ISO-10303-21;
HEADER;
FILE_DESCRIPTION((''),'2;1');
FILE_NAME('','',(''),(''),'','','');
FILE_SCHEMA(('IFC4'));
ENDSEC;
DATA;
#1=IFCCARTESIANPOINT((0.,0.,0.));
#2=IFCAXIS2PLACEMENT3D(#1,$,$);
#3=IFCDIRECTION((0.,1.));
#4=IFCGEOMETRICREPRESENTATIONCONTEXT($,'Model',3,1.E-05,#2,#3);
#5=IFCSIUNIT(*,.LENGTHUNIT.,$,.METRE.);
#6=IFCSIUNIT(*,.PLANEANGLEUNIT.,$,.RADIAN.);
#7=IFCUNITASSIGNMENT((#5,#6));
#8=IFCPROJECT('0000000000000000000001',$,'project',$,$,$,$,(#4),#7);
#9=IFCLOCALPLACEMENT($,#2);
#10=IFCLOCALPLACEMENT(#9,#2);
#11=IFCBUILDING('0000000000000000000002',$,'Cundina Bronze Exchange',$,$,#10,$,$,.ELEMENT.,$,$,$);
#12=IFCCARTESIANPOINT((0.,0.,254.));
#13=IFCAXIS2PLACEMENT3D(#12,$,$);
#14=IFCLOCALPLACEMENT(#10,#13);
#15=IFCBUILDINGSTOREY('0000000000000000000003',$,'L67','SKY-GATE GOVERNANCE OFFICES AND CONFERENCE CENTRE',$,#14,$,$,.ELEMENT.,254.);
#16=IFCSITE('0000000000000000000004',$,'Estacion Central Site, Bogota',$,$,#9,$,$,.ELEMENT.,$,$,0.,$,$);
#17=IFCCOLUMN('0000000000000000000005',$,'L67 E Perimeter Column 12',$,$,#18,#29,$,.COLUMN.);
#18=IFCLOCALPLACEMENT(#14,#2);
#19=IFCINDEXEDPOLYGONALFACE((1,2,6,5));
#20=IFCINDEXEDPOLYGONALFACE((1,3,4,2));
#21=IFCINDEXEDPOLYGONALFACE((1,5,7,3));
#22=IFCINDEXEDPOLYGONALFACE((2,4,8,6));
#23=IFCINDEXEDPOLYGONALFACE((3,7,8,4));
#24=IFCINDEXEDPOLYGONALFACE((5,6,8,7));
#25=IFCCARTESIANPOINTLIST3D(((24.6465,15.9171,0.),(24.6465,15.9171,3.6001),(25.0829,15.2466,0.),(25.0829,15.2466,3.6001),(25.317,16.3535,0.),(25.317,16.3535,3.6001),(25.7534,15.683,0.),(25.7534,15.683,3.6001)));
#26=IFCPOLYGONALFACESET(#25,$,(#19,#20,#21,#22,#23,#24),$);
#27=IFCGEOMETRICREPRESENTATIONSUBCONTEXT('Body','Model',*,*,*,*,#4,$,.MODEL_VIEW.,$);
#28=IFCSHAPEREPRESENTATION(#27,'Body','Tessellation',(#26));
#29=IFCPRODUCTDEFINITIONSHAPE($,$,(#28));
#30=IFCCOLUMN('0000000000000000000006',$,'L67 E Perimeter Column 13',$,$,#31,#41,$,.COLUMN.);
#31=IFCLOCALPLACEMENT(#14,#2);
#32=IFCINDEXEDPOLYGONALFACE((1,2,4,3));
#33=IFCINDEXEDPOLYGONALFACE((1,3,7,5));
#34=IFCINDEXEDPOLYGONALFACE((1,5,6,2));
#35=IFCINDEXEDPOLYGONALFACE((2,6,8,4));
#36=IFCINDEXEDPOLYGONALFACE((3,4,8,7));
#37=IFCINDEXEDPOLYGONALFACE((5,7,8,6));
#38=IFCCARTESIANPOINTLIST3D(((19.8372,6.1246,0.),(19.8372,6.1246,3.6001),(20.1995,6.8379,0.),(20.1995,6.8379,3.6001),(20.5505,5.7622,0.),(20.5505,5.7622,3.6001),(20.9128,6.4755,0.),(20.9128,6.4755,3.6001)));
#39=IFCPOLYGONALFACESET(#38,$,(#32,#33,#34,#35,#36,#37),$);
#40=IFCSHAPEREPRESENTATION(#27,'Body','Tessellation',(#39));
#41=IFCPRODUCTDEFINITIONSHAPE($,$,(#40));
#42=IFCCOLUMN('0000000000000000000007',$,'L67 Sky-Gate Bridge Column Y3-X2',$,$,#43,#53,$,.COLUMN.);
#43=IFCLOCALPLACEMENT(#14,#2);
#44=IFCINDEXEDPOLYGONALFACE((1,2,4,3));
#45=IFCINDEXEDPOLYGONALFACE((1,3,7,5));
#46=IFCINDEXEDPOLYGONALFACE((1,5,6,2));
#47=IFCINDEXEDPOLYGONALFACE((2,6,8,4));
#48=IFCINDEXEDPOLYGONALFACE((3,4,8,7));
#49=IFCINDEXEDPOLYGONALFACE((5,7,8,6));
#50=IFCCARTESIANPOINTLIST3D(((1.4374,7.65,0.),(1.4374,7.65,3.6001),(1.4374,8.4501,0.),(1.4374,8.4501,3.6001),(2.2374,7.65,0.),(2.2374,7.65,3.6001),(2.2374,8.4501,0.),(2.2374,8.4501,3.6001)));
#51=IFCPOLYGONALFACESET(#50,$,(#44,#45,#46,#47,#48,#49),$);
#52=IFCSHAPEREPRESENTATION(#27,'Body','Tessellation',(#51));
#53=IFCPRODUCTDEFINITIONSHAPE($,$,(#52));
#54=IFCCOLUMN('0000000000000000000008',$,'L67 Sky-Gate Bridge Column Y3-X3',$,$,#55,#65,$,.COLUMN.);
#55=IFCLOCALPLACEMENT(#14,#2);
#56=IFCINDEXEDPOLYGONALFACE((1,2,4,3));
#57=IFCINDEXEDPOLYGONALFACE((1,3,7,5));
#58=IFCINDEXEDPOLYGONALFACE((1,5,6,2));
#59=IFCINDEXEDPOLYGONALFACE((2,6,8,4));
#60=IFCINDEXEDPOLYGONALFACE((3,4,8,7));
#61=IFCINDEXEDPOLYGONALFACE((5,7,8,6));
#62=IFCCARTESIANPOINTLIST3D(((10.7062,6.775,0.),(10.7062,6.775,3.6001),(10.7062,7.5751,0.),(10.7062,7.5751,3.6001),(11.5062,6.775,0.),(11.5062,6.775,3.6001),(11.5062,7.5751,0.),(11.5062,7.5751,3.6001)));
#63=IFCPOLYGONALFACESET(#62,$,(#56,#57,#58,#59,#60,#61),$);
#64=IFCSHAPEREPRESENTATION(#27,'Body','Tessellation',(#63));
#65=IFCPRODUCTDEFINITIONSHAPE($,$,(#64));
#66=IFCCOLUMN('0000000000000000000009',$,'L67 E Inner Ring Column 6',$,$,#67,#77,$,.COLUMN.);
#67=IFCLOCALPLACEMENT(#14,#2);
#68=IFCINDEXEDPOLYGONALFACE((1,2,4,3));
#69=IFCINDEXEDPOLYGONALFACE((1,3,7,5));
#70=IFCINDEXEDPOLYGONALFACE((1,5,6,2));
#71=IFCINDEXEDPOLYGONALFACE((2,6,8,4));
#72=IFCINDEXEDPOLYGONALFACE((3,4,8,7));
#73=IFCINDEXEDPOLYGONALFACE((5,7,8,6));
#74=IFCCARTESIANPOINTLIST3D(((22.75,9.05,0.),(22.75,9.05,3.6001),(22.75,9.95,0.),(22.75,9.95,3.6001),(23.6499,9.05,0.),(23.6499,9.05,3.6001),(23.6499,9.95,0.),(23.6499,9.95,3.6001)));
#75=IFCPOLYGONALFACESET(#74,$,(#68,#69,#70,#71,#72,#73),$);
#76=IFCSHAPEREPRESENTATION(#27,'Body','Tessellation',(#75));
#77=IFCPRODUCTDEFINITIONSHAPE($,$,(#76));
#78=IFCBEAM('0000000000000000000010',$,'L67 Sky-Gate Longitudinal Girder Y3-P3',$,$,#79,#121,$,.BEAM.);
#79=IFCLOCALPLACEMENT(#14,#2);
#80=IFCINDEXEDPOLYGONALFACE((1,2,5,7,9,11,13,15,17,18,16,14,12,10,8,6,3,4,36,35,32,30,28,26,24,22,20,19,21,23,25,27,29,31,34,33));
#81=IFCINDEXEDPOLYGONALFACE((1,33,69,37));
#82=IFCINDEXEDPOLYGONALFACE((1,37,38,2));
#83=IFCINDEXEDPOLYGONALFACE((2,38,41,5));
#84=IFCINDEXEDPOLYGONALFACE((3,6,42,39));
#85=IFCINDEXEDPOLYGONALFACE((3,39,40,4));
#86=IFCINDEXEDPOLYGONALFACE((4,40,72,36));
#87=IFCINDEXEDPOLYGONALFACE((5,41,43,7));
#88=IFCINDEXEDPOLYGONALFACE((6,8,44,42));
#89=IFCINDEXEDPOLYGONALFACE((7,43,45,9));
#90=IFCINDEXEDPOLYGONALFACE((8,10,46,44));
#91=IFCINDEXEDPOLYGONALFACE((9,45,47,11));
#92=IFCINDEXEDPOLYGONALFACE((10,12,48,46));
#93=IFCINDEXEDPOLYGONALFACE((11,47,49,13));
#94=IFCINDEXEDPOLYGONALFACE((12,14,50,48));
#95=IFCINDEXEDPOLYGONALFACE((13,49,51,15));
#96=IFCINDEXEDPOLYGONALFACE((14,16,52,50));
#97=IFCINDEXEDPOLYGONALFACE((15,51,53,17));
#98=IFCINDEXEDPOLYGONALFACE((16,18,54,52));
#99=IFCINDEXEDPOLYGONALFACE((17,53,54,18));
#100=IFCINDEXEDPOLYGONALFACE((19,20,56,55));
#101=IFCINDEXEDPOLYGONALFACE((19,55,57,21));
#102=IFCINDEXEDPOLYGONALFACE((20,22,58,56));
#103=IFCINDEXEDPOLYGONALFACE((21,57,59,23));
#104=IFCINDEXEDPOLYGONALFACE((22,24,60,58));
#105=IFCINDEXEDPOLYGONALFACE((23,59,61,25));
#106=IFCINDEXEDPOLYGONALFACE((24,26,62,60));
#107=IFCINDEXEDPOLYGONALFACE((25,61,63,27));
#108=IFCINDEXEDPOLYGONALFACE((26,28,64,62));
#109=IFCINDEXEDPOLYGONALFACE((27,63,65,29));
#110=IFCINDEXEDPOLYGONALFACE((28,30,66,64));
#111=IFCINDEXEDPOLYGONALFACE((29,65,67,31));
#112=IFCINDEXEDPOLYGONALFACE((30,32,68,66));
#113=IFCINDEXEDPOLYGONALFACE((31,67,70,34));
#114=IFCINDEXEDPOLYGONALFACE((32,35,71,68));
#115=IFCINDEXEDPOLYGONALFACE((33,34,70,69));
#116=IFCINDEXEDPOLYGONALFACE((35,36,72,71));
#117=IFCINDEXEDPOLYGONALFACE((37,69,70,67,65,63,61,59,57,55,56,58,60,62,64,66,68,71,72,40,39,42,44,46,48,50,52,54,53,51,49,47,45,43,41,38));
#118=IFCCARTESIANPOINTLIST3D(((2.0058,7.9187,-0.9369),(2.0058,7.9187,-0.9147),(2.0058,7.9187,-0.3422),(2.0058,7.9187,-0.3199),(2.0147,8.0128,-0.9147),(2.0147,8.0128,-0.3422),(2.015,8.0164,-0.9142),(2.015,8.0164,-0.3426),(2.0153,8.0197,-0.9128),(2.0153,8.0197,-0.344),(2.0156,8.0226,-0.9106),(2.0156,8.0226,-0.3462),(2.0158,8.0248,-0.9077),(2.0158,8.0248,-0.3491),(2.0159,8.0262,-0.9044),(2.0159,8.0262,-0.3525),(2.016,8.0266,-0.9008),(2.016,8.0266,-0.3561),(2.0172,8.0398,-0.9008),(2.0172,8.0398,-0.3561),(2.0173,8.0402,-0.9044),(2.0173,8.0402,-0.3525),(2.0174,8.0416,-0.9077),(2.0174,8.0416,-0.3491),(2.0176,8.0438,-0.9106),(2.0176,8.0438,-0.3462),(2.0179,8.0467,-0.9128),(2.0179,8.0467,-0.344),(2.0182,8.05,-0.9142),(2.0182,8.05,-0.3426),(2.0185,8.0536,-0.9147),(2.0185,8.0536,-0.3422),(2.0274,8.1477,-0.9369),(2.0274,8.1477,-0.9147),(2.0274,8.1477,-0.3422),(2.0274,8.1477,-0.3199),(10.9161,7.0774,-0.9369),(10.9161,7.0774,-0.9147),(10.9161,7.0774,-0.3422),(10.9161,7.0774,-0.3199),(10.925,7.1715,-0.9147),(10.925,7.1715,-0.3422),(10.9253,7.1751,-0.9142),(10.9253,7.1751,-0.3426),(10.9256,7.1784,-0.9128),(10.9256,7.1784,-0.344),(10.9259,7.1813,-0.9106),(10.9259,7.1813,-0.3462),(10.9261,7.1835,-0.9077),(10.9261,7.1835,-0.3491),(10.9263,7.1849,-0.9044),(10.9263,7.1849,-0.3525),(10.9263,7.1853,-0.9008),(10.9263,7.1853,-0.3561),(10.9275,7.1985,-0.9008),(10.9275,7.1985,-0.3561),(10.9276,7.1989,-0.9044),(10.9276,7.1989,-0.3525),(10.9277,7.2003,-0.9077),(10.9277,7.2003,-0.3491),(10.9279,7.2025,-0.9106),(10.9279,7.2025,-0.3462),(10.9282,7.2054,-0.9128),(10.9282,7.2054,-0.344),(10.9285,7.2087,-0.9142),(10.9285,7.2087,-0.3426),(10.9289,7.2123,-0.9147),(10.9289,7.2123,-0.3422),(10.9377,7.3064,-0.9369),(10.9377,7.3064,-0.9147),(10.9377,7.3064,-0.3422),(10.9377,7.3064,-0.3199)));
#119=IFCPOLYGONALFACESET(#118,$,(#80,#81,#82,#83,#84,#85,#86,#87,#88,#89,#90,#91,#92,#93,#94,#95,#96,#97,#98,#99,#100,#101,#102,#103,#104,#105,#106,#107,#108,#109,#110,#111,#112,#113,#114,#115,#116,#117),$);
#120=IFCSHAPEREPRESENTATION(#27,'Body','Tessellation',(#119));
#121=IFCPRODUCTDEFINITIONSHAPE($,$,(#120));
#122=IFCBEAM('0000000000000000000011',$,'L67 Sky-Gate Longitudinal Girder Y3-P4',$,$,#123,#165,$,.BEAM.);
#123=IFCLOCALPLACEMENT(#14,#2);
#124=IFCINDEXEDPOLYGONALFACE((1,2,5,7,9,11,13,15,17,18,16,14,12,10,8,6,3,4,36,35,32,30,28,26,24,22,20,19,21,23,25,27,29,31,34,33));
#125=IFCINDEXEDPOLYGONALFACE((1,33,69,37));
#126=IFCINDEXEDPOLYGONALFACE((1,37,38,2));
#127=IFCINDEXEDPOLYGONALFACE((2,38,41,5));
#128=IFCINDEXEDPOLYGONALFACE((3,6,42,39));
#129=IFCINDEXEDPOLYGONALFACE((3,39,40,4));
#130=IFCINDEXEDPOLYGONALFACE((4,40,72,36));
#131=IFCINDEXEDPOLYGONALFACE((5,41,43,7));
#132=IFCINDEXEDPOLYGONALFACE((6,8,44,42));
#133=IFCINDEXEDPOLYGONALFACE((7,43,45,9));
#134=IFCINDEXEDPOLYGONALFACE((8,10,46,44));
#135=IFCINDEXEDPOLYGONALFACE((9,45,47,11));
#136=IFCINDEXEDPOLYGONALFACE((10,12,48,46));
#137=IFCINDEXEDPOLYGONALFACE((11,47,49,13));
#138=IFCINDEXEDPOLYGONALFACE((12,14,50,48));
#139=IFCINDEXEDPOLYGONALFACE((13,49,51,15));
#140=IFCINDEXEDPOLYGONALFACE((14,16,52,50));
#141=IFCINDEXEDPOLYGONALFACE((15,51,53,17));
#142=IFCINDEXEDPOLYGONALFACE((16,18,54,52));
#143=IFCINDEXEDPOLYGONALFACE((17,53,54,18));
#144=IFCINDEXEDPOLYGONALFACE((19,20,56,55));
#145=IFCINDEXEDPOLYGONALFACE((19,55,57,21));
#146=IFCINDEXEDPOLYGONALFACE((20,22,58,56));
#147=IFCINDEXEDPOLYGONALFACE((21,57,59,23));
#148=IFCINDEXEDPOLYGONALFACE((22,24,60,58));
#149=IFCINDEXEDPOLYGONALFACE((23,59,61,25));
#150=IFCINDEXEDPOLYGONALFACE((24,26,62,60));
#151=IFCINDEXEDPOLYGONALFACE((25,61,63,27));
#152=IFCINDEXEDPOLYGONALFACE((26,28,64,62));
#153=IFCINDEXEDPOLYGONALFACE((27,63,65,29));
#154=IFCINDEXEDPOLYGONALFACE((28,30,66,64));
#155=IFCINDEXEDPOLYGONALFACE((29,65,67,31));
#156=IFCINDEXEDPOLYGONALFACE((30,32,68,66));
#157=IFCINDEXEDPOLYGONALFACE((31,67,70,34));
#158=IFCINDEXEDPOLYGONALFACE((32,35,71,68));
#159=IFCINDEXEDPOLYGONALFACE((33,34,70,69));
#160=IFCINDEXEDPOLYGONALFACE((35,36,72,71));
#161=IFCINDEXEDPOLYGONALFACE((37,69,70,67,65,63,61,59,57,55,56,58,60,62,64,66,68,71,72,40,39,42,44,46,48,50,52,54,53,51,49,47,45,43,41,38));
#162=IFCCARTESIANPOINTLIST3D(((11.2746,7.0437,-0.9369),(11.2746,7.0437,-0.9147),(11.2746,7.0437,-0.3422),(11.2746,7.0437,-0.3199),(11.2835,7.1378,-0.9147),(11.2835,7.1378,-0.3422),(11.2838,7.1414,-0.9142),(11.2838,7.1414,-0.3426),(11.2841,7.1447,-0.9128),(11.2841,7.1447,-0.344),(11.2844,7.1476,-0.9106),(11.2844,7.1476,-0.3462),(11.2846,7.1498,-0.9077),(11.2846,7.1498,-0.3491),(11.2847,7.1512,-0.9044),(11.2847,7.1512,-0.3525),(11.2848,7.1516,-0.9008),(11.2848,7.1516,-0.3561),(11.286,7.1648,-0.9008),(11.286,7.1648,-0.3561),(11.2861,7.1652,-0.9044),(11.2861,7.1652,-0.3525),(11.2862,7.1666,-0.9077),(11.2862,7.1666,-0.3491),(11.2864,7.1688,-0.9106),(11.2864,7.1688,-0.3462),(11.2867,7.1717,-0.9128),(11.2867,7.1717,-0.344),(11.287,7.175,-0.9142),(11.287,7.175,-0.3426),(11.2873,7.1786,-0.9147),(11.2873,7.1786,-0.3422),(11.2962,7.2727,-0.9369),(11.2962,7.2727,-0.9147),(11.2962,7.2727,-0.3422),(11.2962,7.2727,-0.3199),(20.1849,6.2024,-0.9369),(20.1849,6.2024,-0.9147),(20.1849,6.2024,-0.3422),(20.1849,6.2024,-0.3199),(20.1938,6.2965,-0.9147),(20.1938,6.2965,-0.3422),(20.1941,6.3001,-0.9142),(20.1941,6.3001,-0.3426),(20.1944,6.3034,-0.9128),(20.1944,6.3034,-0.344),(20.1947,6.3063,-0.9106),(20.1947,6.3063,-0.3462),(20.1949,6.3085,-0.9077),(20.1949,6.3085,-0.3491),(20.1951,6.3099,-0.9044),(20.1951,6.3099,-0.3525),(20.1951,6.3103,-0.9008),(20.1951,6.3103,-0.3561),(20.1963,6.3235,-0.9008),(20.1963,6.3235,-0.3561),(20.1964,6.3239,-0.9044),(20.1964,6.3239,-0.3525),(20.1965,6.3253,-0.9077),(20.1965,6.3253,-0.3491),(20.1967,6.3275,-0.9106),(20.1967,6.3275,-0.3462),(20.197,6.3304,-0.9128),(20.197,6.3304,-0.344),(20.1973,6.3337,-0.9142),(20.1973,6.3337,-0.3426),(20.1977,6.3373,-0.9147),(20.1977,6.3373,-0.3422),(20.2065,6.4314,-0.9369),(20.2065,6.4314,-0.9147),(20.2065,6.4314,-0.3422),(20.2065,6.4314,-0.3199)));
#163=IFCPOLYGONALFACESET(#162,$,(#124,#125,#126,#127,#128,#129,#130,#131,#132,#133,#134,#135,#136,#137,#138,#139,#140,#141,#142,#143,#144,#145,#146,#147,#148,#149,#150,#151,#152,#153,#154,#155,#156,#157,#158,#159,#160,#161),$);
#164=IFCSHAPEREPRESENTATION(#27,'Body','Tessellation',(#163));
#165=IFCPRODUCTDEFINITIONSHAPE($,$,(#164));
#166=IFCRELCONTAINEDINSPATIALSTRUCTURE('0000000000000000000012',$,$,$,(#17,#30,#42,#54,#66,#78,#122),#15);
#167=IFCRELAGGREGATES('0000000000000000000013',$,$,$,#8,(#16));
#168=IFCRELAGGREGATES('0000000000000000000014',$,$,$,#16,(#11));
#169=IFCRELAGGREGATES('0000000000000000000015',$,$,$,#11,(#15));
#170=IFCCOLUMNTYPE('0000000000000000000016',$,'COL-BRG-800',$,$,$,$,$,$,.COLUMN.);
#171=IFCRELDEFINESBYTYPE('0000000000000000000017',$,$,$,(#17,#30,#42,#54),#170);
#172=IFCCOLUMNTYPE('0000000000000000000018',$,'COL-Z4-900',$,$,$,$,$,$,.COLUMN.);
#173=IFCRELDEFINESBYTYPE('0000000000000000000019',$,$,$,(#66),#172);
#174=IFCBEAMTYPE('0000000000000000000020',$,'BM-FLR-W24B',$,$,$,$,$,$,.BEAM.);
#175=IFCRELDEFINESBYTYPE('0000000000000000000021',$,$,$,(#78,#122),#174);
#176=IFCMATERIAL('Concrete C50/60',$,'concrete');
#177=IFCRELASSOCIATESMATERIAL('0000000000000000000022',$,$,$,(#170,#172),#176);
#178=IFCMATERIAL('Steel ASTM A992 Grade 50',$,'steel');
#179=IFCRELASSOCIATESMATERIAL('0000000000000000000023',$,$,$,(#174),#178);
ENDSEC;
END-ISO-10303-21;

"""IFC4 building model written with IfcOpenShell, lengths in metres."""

from ifc_helpers import new_model, si_unit, direction, frame, origin, origin_2d, place, context, subcontext, project, spatial, rectangle, i_section, extrude, material, material_profile, profile_set, type_object, element, save


model = new_model("IFC4")

# Units and contexts
model_context = context("Model", 3, precision=1e-05, world=origin(), true_north=direction((0.0, 1.0)))
body_context = subcontext(model_context, "Body", "Model", "MODEL_VIEW")
ifc_project = project(units=[si_unit("LENGTHUNIT", "METRE"), si_unit("PLANEANGLEUNIT", "RADIAN")], contexts=[model_context])

# Site, building, storey
site_placement = place(None, origin())
site = spatial("IfcSite", under=ifc_project, at=site_placement, Name="Estacion Central Site, Bogota", CompositionType="ELEMENT", RefElevation=0.0)
building_placement = place(site_placement, origin())
building = spatial("IfcBuilding", under=site, at=building_placement, Name="Cundina Bronze Exchange", CompositionType="ELEMENT")
storey_placement = place(building_placement, frame((0.0, 0.0, 254.0)))
storey = spatial("IfcBuildingStorey", under=building, at=storey_placement, Name="L67", Description="SKY-GATE GOVERNANCE OFFICES AND CONFERENCE CENTRE", CompositionType="ELEMENT", Elevation=254.0)

# Columns
ifc_material_1 = material(Name="Concrete C50/60", Category="concrete")
ifc_material_profile_1 = material_profile(ifc_material_1, rectangle(XDim=0.8, YDim=0.8, at=origin_2d()), Name="RC800X800", Category="concrete")
ifc_profile_set_1 = profile_set([ifc_material_profile_1], Name="Concrete C50/60")
column_type_1 = type_object("IfcColumnType", Name="COL-BRG-800", PredefinedType="COLUMN", material=ifc_profile_set_1)
for number, where, z_axis, x_axis, name in (
    (1, (25.2, 15.8, 0.0), (0.0, 0.0, 1.0), (-0.8381, -0.545517, 0.0), "L67 E Perimeter Column 12"),
    (2, (20.375, 6.3, 0.0), (0.0, 0.0, 1.0), (-0.452902, -0.891561, 0.0), "L67 E Perimeter Column 13"),
    (3, (1.8374, 8.05, 0.0), (0.0, 0.0, 1.0), (1.0, 0.0, 0.0), "L67 Sky-Gate Bridge Column Y3-X2"),
    (4, (11.1062, 7.175, 0.0), (0.0, 0.0, 1.0), (1.0, 0.0, 0.0), "L67 Sky-Gate Bridge Column Y3-X3"),
):
    element("IfcColumn", number, at=place(storey_placement, frame(where, z_axis=z_axis, x_axis=x_axis)), inside=storey, type_object=column_type_1, Name=name, PredefinedType="COLUMN", context=body_context, shape_type="SweptSolid", body=[
        extrude(rectangle(XDim=0.8, YDim=0.8, at=origin_2d()), origin(), (0.0, 0.0, 1.0), 3.6001),
    ])
ifc_material_profile_2 = material_profile(ifc_material_1, rectangle(XDim=0.8999, YDim=0.8999, at=origin_2d()), Name="RC900X900", Category="concrete")
ifc_profile_set_2 = profile_set([ifc_material_profile_2], Name="Concrete C50/60")
column_type_2 = type_object("IfcColumnType", Name="COL-Z4-900", PredefinedType="COLUMN", material=ifc_profile_set_2)
column_placement = place(storey_placement, frame((23.2, 9.5, 0.0), z_axis=(0.0, 0.0, 1.0), x_axis=(1.0, 0.0, 0.0)))
element("IfcColumn", 5, at=column_placement, inside=storey, type_object=column_type_2, Name="L67 E Inner Ring Column 6", PredefinedType="COLUMN", context=body_context, shape_type="SweptSolid", body=[
    extrude(rectangle(XDim=0.8999, YDim=0.8999, at=origin_2d()), origin(), (0.0, 0.0, 1.0), 3.6001),
])

# Beams
ifc_material_2 = material(Name="Steel ASTM A992 Grade 50", Category="steel")
ifc_material_profile_3 = material_profile(ifc_material_2, i_section(OverallWidth=0.23, OverallDepth=0.6169, WebThickness=0.0132, FlangeThickness=0.0222, FilletRadius=0.0139, at=origin_2d()), Name="W24X94", Category="steel")
ifc_profile_set_3 = profile_set([ifc_material_profile_3], Name="Steel ASTM A992 Grade 50")
beam_type_1 = type_object("IfcBeamType", Name="BM-FLR-W24B", PredefinedType="BEAM", material=ifc_profile_set_3)
for number, where, z_axis, x_axis, name in (
    (6, (2.0166, 8.0332, -0.6284), (0.995572, -0.094001, 0.0), (0.094001, 0.995572, 0.0), "L67 Sky-Gate Longitudinal Girder Y3-P3"),
    (7, (11.2854, 7.1582, -0.6284), (0.995572, -0.094001, 0.0), (0.094001, 0.995572, 0.0), "L67 Sky-Gate Longitudinal Girder Y3-P4"),
):
    element("IfcBeam", number, at=place(storey_placement, frame(where, z_axis=z_axis, x_axis=x_axis)), inside=storey, type_object=beam_type_1, Name=name, PredefinedType="BEAM", context=body_context, shape_type="SweptSolid", body=[
        extrude(i_section(OverallWidth=0.23, OverallDepth=0.6169, WebThickness=0.0132, FlangeThickness=0.0222, FilletRadius=0.0139, at=origin_2d()), origin(), (0.0, 0.0, 1.0), 8.95),
    ])

save(model, "model.ifc")
